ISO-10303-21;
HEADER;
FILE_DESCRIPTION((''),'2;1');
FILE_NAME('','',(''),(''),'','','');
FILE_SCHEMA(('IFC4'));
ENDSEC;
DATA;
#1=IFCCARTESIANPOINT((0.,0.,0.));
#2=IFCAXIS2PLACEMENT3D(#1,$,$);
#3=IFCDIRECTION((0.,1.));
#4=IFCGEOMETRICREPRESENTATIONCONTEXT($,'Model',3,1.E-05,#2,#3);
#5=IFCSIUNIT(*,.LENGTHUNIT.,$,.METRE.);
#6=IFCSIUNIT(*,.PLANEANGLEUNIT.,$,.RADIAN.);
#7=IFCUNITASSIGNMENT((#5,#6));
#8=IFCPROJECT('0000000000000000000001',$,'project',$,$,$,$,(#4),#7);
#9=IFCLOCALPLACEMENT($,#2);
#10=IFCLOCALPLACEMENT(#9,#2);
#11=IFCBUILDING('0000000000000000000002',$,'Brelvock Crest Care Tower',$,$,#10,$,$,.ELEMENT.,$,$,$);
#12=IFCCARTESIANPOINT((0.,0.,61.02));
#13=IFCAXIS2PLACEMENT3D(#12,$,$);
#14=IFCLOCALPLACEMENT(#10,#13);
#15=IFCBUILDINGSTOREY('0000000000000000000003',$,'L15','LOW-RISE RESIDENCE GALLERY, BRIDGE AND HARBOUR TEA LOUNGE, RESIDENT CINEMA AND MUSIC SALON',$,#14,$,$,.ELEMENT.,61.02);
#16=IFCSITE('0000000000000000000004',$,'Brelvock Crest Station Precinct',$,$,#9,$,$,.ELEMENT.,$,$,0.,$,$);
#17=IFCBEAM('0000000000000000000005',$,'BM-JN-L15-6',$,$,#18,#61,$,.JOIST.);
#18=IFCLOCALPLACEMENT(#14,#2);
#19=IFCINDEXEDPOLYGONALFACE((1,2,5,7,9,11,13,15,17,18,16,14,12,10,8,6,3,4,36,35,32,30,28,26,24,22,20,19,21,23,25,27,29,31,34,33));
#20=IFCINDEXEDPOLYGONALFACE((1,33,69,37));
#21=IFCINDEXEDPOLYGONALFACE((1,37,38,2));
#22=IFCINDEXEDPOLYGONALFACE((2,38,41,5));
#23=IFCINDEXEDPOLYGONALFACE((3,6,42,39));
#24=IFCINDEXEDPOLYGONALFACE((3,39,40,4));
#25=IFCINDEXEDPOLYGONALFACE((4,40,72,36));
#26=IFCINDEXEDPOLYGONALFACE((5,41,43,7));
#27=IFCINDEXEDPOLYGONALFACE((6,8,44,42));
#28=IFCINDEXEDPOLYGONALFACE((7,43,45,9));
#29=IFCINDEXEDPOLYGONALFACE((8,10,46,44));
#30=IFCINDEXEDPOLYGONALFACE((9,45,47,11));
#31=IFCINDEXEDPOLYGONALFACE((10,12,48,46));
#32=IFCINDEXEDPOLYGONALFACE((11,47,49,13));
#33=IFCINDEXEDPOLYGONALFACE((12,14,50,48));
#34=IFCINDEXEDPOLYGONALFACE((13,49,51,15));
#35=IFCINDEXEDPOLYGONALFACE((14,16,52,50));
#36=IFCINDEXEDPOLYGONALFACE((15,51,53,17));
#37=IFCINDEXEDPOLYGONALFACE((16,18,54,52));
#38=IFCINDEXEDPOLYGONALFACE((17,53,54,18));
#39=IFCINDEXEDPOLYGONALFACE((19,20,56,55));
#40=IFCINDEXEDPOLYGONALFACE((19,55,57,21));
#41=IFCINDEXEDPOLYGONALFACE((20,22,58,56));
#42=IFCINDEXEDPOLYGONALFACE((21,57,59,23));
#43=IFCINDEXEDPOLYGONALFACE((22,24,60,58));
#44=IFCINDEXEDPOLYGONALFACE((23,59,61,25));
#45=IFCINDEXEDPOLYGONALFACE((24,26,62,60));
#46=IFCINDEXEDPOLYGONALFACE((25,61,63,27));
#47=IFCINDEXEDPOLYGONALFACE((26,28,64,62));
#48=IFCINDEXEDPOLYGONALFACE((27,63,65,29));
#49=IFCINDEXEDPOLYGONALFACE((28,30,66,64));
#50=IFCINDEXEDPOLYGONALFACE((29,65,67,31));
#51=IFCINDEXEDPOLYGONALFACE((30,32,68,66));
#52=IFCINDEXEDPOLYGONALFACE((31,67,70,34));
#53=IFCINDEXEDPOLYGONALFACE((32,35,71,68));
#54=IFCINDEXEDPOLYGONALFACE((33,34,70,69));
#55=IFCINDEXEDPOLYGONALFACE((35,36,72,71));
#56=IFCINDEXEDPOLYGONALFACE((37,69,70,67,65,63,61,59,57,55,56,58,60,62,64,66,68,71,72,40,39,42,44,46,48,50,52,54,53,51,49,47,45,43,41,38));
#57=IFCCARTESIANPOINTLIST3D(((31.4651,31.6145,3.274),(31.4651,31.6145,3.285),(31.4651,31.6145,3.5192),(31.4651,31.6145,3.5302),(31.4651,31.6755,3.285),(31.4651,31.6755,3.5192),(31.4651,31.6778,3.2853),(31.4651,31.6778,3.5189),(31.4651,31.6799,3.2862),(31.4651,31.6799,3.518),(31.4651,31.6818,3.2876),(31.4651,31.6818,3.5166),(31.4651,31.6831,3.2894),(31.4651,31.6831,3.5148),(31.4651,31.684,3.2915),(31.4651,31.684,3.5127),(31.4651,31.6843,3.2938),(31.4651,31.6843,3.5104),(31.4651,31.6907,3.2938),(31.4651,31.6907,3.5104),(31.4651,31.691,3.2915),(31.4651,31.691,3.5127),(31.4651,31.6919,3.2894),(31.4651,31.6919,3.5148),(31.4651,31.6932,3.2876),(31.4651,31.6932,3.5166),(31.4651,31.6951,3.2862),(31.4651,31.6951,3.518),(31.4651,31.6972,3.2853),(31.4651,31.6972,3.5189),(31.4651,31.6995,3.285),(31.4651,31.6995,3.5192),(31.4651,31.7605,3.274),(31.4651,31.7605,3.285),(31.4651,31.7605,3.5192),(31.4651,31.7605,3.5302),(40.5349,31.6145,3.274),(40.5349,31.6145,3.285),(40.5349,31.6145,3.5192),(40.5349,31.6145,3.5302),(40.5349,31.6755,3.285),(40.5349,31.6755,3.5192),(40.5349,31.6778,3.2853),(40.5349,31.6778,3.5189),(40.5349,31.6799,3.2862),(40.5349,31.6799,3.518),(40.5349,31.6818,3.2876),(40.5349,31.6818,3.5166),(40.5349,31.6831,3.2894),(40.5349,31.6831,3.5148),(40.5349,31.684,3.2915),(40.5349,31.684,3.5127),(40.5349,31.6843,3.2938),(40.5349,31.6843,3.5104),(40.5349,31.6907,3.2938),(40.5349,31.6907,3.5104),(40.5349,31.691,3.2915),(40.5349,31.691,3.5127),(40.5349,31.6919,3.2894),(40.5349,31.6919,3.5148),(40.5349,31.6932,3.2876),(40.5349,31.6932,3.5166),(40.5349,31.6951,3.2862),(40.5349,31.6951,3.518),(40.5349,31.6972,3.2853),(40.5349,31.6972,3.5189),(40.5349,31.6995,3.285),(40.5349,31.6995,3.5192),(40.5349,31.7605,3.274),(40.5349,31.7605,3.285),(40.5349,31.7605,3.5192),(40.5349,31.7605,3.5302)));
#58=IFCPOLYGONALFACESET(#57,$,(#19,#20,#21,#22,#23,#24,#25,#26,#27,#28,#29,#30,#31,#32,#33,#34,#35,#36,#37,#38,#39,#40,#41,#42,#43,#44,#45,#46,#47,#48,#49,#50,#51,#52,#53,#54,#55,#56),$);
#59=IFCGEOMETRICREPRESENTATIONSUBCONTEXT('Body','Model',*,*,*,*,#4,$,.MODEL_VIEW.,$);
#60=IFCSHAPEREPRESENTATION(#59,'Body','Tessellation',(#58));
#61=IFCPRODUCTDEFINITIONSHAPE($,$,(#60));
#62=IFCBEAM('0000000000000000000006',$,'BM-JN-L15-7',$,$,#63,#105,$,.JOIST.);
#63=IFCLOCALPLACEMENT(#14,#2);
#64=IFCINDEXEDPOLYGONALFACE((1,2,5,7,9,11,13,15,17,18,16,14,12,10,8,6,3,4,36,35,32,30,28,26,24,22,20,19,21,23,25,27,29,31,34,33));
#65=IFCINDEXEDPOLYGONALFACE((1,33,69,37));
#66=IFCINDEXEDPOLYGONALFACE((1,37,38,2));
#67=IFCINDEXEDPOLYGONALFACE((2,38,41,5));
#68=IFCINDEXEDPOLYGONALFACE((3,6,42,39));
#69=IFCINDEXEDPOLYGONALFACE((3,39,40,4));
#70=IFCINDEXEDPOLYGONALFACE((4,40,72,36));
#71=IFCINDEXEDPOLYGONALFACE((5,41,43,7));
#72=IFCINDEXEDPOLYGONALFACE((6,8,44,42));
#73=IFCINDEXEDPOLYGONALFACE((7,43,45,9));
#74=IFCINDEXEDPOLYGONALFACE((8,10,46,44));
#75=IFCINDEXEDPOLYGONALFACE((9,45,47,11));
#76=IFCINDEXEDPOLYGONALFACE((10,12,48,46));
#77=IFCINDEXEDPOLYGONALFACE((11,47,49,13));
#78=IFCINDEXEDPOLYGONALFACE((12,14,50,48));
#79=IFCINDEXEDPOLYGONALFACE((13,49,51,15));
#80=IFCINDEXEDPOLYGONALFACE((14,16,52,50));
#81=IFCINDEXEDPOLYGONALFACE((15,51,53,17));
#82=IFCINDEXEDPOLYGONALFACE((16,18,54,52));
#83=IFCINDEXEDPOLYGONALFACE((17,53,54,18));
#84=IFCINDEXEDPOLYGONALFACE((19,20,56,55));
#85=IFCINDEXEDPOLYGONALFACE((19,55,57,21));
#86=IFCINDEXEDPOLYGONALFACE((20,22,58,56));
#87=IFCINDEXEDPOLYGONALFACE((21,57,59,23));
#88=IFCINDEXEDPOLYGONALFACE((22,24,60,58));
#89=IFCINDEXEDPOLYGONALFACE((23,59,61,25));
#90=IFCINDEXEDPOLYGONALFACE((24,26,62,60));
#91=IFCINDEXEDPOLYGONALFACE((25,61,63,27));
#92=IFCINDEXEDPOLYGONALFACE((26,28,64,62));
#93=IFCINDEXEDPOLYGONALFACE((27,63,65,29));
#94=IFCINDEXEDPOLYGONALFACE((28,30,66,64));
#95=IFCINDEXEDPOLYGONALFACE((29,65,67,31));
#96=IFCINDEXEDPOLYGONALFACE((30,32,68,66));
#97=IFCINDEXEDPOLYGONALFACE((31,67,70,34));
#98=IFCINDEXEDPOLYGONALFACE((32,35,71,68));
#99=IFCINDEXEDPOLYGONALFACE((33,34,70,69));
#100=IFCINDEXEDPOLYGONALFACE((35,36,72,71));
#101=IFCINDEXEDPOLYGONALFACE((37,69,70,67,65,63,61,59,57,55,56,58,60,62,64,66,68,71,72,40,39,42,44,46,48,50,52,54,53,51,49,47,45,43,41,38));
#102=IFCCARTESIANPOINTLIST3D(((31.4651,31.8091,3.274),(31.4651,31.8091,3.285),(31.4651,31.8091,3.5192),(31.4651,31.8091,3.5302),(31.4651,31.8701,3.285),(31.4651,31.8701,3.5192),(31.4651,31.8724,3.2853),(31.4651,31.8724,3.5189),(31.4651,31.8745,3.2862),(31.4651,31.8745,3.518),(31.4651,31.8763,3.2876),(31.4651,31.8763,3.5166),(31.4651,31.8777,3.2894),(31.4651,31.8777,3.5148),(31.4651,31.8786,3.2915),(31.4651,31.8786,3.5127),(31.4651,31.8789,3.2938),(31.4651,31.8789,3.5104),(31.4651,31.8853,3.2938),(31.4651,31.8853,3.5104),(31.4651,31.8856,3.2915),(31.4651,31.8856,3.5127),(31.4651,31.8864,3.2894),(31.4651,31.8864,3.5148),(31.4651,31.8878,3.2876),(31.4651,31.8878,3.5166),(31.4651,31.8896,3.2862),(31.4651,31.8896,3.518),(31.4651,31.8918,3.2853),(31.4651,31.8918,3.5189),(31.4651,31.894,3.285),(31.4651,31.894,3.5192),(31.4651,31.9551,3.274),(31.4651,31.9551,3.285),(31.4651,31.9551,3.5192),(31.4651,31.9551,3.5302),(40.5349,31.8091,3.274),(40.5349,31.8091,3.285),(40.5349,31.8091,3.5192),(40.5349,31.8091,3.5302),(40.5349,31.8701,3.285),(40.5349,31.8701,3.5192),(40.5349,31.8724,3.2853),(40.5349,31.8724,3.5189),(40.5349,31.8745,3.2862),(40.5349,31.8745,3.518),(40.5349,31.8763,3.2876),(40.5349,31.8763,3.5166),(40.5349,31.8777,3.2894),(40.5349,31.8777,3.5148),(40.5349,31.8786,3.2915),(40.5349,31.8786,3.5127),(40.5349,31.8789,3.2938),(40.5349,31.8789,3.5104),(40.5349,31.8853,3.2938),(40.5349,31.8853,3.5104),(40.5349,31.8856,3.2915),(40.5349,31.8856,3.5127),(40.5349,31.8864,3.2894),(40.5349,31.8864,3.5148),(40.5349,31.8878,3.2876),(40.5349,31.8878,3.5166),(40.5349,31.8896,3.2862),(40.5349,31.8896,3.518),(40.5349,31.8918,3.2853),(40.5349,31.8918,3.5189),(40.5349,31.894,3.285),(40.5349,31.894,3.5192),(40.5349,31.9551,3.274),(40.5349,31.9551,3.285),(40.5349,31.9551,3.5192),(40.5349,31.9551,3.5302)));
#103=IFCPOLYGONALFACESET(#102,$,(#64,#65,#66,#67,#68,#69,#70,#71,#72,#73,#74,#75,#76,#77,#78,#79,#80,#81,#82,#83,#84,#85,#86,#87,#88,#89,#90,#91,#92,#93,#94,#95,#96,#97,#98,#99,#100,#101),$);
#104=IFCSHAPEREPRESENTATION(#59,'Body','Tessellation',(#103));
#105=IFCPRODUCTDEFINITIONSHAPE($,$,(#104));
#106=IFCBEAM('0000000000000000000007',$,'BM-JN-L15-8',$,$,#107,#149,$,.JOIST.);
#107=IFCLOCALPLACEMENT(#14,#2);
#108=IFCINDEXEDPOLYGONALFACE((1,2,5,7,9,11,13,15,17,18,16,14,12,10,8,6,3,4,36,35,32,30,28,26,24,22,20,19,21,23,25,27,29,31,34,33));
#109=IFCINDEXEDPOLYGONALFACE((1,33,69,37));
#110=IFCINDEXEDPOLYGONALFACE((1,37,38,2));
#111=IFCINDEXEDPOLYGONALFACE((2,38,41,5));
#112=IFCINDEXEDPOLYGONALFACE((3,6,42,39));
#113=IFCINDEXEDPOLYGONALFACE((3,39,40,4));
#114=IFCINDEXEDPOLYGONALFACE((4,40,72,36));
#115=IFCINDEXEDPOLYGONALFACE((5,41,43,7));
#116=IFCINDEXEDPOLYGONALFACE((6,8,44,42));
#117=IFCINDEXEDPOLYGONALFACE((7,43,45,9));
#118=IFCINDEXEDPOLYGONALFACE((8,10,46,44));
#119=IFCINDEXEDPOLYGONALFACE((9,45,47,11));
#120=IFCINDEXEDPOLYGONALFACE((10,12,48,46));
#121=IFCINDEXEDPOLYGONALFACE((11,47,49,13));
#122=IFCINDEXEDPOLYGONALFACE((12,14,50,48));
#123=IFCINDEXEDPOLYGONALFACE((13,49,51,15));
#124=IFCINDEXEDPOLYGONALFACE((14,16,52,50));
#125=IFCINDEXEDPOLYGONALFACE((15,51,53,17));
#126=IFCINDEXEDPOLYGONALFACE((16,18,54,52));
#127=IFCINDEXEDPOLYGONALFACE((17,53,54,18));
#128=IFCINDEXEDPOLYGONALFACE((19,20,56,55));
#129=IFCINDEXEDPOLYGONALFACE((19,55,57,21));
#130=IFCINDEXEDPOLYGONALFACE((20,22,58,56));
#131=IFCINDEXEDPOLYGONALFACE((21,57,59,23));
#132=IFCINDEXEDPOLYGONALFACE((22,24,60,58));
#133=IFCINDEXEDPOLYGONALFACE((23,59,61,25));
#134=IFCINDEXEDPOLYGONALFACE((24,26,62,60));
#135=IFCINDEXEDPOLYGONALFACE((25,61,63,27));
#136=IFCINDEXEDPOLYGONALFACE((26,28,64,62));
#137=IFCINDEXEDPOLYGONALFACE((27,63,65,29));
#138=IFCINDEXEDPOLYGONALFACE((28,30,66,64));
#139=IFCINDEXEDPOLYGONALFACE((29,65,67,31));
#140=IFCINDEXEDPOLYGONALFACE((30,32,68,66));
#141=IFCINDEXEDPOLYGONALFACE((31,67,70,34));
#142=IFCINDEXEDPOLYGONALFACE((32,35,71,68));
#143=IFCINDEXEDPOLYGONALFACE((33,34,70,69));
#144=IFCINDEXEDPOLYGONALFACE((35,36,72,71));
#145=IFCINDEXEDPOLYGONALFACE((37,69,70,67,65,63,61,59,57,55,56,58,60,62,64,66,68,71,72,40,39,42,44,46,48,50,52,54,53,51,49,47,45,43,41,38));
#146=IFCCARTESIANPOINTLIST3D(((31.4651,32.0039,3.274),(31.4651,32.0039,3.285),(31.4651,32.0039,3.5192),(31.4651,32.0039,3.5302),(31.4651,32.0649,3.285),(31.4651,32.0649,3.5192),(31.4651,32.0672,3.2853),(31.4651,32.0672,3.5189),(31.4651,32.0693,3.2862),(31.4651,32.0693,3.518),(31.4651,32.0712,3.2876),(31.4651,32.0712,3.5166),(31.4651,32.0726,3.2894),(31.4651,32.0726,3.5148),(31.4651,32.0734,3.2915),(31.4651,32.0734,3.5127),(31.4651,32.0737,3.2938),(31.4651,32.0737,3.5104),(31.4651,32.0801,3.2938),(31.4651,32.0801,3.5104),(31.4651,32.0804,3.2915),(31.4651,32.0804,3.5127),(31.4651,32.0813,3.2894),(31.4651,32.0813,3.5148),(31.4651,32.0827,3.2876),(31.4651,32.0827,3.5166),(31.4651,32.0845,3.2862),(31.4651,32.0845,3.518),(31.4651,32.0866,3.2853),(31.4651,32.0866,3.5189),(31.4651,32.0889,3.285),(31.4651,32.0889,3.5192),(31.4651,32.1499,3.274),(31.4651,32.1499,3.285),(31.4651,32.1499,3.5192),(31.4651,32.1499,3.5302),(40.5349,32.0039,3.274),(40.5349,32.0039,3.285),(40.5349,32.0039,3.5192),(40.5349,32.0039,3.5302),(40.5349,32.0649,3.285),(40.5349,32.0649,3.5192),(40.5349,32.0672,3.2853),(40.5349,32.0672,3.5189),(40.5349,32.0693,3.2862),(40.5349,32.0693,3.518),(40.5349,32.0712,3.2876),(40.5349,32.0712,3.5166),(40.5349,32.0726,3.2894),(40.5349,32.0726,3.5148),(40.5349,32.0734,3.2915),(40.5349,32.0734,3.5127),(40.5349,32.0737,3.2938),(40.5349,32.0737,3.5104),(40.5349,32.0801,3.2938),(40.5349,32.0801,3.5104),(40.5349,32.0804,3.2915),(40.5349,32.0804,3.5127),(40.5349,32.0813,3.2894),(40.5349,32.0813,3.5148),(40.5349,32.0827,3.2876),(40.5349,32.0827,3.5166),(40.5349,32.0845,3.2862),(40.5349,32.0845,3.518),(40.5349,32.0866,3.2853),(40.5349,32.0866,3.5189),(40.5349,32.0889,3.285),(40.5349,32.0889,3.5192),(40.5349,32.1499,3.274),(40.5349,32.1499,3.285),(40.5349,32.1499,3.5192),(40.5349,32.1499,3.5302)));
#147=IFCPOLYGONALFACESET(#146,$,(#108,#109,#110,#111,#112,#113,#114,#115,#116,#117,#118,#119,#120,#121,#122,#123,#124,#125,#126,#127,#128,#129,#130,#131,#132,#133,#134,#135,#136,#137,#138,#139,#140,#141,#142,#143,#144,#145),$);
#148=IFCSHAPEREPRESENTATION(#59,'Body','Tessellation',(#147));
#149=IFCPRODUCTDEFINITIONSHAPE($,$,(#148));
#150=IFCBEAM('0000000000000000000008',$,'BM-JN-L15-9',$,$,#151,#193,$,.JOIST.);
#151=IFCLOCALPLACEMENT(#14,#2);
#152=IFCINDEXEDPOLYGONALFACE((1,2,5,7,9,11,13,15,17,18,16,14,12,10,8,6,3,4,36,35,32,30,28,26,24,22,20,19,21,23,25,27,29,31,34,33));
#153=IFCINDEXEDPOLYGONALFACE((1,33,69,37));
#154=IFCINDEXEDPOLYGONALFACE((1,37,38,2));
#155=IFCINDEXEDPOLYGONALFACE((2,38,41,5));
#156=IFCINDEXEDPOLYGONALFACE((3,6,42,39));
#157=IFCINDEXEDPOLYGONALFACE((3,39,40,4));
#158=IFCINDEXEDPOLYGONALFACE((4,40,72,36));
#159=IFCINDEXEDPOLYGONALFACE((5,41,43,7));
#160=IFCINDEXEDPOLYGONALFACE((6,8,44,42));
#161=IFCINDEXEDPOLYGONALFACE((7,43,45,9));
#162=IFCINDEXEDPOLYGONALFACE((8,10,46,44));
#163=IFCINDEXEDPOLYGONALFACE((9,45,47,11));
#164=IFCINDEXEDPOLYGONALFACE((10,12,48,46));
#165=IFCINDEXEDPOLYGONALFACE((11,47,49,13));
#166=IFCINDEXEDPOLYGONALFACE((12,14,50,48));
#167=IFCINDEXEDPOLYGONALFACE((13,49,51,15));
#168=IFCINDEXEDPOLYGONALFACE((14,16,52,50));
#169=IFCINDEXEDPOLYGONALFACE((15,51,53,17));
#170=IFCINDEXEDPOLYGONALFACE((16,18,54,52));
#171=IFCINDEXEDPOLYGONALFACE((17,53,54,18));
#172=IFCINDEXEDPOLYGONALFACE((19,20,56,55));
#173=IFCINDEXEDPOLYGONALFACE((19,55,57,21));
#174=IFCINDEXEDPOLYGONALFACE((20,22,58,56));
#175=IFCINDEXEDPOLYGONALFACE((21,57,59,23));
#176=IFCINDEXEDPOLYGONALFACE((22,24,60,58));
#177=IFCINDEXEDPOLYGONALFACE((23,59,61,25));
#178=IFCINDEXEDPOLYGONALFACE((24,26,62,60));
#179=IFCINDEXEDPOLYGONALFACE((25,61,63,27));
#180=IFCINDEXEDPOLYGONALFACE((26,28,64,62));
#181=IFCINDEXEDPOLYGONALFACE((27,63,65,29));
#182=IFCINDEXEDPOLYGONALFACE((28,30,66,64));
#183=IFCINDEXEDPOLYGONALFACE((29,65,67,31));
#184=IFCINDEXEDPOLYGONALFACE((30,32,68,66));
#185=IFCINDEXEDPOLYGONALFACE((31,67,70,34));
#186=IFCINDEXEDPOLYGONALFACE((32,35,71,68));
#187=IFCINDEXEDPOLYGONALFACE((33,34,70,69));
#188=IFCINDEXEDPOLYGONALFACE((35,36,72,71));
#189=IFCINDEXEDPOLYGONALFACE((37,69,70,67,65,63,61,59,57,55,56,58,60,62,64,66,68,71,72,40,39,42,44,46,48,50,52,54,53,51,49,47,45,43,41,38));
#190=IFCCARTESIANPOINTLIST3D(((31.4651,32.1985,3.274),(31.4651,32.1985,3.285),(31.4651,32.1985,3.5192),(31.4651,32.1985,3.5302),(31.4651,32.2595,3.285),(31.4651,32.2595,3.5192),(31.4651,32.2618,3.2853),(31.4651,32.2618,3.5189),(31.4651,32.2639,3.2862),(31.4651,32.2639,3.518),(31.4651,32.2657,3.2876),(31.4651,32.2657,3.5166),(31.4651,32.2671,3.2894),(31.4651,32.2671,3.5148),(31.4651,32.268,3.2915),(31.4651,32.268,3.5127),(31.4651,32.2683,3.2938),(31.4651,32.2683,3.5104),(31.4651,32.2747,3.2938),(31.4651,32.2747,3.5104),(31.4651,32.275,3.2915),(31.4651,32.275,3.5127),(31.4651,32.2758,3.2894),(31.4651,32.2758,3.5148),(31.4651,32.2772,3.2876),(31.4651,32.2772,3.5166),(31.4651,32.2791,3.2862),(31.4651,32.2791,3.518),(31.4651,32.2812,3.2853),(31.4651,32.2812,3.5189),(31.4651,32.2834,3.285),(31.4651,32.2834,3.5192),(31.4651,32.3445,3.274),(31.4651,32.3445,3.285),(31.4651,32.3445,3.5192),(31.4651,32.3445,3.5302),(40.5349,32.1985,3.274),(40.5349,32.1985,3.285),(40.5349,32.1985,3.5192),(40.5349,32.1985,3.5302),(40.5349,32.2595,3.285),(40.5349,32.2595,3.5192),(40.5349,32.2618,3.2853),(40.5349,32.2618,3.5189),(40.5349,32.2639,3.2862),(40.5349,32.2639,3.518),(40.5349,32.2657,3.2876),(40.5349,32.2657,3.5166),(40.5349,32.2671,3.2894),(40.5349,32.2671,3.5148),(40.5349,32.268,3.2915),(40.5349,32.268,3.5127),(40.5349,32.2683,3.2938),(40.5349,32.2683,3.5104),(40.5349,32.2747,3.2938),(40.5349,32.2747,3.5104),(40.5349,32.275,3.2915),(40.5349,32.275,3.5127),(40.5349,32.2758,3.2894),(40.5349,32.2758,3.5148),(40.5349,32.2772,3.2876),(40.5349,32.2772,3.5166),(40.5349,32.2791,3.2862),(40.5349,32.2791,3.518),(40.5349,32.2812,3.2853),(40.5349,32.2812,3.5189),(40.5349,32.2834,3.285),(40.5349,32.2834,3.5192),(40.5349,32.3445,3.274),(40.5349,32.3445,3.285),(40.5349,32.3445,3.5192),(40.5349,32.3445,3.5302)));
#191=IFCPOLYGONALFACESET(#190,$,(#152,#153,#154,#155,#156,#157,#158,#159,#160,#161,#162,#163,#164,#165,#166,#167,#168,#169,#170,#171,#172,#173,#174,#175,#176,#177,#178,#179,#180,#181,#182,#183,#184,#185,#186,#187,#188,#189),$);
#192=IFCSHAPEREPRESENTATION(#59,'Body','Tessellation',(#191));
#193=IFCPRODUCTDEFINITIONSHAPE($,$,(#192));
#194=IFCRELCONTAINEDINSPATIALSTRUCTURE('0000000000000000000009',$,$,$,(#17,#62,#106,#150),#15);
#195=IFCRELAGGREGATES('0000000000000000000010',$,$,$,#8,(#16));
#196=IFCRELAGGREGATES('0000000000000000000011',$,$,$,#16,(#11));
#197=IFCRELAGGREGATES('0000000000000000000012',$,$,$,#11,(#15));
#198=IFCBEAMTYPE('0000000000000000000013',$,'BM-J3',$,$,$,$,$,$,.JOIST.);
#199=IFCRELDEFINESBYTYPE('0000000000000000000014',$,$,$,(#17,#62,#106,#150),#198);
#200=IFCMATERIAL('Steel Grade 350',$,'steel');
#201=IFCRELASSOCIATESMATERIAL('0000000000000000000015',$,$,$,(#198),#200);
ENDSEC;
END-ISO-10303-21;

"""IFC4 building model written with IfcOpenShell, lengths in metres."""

from ifc_helpers import new_model, si_unit, direction, frame, origin, origin_2d, place, context, subcontext, project, spatial, i_section, extrude, source, transform, mapped, material, material_profile, profile_set, type_object, element, save


model = new_model("IFC4")

# Units and contexts
model_context = context("Model", 3, precision=1e-05, world=origin(), true_north=direction((0.0, 1.0)))
body_context = subcontext(model_context, "Body", "Model", "MODEL_VIEW")
ifc_project = project(units=[si_unit("LENGTHUNIT", "METRE"), si_unit("PLANEANGLEUNIT", "RADIAN")], contexts=[model_context])

# Site, building, storey
site_placement = place(None, origin())
site = spatial("IfcSite", under=ifc_project, at=site_placement, Name="Brelvock Crest Station Precinct", CompositionType="ELEMENT", RefElevation=0.0)
building_placement = place(site_placement, origin())
building = spatial("IfcBuilding", under=site, at=building_placement, Name="Brelvock Crest Care Tower", CompositionType="ELEMENT")
storey_placement = place(building_placement, frame((0.0, 0.0, 61.02)))
storey = spatial("IfcBuildingStorey", under=building, at=storey_placement, Name="L15", Description="LOW-RISE RESIDENCE GALLERY, BRIDGE AND HARBOUR TEA LOUNGE, RESIDENT CINEMA AND MUSIC SALON", CompositionType="ELEMENT", Elevation=61.02)

# Beams
ifc_material_1 = material(Name="Steel Grade 350", Category="steel")
ifc_material_profile = material_profile(ifc_material_1, i_section(OverallWidth=0.146, OverallDepth=0.2561, WebThickness=0.0063, FlangeThickness=0.011, FilletRadius=0.0088, at=origin_2d()), Name="250UB37.3")
ifc_profile_set = profile_set([ifc_material_profile], Name="Steel Grade 350")
beam_type = type_object("IfcBeamType", Name="BM-J3", PredefinedType="JOIST", material=ifc_profile_set)
shared_shape_1 = source(origin(), body_context, "Body", "SweptSolid", [
    extrude(i_section(OverallWidth=0.146, OverallDepth=0.2561, WebThickness=0.0063, FlangeThickness=0.011, FilletRadius=0.0088, at=origin_2d()), origin(), (0.0, 0.0, 1.0), 9.0698),
])
for number, where, z_axis, x_axis, name in (
    (1, (31.4651, 31.6875, 3.4021), (1.0, 0.0, 0.0), (0.0, 1.0, 0.0), "BM-JN-L15-6"),
    (2, (31.4651, 31.8821, 3.4021), (1.0, 0.0, 0.0), (0.0, 1.0, 0.0), "BM-JN-L15-7"),
    (3, (31.4651, 32.0769, 3.4021), (1.0, 0.0, 0.0), (0.0, 1.0, 0.0), "BM-JN-L15-8"),
    (4, (31.4651, 32.2715, 3.4021), (1.0, 0.0, 0.0), (0.0, 1.0, 0.0), "BM-JN-L15-9"),
):
    element("IfcBeam", number, at=place(storey_placement, frame(where, z_axis=z_axis, x_axis=x_axis)), inside=storey, type_object=beam_type, Name=name, PredefinedType="JOIST", context=body_context, shape_type="MappedRepresentation", body=[
        mapped(shared_shape_1, transform((0.0, 0.0, 0.0), x_axis=(1.0, 0.0, 0.0), y_axis=(0.0, 1.0, 0.0), z_axis=(0.0, 0.0, 1.0), scale=1.0)),
    ])

save(model, "model.ifc")
